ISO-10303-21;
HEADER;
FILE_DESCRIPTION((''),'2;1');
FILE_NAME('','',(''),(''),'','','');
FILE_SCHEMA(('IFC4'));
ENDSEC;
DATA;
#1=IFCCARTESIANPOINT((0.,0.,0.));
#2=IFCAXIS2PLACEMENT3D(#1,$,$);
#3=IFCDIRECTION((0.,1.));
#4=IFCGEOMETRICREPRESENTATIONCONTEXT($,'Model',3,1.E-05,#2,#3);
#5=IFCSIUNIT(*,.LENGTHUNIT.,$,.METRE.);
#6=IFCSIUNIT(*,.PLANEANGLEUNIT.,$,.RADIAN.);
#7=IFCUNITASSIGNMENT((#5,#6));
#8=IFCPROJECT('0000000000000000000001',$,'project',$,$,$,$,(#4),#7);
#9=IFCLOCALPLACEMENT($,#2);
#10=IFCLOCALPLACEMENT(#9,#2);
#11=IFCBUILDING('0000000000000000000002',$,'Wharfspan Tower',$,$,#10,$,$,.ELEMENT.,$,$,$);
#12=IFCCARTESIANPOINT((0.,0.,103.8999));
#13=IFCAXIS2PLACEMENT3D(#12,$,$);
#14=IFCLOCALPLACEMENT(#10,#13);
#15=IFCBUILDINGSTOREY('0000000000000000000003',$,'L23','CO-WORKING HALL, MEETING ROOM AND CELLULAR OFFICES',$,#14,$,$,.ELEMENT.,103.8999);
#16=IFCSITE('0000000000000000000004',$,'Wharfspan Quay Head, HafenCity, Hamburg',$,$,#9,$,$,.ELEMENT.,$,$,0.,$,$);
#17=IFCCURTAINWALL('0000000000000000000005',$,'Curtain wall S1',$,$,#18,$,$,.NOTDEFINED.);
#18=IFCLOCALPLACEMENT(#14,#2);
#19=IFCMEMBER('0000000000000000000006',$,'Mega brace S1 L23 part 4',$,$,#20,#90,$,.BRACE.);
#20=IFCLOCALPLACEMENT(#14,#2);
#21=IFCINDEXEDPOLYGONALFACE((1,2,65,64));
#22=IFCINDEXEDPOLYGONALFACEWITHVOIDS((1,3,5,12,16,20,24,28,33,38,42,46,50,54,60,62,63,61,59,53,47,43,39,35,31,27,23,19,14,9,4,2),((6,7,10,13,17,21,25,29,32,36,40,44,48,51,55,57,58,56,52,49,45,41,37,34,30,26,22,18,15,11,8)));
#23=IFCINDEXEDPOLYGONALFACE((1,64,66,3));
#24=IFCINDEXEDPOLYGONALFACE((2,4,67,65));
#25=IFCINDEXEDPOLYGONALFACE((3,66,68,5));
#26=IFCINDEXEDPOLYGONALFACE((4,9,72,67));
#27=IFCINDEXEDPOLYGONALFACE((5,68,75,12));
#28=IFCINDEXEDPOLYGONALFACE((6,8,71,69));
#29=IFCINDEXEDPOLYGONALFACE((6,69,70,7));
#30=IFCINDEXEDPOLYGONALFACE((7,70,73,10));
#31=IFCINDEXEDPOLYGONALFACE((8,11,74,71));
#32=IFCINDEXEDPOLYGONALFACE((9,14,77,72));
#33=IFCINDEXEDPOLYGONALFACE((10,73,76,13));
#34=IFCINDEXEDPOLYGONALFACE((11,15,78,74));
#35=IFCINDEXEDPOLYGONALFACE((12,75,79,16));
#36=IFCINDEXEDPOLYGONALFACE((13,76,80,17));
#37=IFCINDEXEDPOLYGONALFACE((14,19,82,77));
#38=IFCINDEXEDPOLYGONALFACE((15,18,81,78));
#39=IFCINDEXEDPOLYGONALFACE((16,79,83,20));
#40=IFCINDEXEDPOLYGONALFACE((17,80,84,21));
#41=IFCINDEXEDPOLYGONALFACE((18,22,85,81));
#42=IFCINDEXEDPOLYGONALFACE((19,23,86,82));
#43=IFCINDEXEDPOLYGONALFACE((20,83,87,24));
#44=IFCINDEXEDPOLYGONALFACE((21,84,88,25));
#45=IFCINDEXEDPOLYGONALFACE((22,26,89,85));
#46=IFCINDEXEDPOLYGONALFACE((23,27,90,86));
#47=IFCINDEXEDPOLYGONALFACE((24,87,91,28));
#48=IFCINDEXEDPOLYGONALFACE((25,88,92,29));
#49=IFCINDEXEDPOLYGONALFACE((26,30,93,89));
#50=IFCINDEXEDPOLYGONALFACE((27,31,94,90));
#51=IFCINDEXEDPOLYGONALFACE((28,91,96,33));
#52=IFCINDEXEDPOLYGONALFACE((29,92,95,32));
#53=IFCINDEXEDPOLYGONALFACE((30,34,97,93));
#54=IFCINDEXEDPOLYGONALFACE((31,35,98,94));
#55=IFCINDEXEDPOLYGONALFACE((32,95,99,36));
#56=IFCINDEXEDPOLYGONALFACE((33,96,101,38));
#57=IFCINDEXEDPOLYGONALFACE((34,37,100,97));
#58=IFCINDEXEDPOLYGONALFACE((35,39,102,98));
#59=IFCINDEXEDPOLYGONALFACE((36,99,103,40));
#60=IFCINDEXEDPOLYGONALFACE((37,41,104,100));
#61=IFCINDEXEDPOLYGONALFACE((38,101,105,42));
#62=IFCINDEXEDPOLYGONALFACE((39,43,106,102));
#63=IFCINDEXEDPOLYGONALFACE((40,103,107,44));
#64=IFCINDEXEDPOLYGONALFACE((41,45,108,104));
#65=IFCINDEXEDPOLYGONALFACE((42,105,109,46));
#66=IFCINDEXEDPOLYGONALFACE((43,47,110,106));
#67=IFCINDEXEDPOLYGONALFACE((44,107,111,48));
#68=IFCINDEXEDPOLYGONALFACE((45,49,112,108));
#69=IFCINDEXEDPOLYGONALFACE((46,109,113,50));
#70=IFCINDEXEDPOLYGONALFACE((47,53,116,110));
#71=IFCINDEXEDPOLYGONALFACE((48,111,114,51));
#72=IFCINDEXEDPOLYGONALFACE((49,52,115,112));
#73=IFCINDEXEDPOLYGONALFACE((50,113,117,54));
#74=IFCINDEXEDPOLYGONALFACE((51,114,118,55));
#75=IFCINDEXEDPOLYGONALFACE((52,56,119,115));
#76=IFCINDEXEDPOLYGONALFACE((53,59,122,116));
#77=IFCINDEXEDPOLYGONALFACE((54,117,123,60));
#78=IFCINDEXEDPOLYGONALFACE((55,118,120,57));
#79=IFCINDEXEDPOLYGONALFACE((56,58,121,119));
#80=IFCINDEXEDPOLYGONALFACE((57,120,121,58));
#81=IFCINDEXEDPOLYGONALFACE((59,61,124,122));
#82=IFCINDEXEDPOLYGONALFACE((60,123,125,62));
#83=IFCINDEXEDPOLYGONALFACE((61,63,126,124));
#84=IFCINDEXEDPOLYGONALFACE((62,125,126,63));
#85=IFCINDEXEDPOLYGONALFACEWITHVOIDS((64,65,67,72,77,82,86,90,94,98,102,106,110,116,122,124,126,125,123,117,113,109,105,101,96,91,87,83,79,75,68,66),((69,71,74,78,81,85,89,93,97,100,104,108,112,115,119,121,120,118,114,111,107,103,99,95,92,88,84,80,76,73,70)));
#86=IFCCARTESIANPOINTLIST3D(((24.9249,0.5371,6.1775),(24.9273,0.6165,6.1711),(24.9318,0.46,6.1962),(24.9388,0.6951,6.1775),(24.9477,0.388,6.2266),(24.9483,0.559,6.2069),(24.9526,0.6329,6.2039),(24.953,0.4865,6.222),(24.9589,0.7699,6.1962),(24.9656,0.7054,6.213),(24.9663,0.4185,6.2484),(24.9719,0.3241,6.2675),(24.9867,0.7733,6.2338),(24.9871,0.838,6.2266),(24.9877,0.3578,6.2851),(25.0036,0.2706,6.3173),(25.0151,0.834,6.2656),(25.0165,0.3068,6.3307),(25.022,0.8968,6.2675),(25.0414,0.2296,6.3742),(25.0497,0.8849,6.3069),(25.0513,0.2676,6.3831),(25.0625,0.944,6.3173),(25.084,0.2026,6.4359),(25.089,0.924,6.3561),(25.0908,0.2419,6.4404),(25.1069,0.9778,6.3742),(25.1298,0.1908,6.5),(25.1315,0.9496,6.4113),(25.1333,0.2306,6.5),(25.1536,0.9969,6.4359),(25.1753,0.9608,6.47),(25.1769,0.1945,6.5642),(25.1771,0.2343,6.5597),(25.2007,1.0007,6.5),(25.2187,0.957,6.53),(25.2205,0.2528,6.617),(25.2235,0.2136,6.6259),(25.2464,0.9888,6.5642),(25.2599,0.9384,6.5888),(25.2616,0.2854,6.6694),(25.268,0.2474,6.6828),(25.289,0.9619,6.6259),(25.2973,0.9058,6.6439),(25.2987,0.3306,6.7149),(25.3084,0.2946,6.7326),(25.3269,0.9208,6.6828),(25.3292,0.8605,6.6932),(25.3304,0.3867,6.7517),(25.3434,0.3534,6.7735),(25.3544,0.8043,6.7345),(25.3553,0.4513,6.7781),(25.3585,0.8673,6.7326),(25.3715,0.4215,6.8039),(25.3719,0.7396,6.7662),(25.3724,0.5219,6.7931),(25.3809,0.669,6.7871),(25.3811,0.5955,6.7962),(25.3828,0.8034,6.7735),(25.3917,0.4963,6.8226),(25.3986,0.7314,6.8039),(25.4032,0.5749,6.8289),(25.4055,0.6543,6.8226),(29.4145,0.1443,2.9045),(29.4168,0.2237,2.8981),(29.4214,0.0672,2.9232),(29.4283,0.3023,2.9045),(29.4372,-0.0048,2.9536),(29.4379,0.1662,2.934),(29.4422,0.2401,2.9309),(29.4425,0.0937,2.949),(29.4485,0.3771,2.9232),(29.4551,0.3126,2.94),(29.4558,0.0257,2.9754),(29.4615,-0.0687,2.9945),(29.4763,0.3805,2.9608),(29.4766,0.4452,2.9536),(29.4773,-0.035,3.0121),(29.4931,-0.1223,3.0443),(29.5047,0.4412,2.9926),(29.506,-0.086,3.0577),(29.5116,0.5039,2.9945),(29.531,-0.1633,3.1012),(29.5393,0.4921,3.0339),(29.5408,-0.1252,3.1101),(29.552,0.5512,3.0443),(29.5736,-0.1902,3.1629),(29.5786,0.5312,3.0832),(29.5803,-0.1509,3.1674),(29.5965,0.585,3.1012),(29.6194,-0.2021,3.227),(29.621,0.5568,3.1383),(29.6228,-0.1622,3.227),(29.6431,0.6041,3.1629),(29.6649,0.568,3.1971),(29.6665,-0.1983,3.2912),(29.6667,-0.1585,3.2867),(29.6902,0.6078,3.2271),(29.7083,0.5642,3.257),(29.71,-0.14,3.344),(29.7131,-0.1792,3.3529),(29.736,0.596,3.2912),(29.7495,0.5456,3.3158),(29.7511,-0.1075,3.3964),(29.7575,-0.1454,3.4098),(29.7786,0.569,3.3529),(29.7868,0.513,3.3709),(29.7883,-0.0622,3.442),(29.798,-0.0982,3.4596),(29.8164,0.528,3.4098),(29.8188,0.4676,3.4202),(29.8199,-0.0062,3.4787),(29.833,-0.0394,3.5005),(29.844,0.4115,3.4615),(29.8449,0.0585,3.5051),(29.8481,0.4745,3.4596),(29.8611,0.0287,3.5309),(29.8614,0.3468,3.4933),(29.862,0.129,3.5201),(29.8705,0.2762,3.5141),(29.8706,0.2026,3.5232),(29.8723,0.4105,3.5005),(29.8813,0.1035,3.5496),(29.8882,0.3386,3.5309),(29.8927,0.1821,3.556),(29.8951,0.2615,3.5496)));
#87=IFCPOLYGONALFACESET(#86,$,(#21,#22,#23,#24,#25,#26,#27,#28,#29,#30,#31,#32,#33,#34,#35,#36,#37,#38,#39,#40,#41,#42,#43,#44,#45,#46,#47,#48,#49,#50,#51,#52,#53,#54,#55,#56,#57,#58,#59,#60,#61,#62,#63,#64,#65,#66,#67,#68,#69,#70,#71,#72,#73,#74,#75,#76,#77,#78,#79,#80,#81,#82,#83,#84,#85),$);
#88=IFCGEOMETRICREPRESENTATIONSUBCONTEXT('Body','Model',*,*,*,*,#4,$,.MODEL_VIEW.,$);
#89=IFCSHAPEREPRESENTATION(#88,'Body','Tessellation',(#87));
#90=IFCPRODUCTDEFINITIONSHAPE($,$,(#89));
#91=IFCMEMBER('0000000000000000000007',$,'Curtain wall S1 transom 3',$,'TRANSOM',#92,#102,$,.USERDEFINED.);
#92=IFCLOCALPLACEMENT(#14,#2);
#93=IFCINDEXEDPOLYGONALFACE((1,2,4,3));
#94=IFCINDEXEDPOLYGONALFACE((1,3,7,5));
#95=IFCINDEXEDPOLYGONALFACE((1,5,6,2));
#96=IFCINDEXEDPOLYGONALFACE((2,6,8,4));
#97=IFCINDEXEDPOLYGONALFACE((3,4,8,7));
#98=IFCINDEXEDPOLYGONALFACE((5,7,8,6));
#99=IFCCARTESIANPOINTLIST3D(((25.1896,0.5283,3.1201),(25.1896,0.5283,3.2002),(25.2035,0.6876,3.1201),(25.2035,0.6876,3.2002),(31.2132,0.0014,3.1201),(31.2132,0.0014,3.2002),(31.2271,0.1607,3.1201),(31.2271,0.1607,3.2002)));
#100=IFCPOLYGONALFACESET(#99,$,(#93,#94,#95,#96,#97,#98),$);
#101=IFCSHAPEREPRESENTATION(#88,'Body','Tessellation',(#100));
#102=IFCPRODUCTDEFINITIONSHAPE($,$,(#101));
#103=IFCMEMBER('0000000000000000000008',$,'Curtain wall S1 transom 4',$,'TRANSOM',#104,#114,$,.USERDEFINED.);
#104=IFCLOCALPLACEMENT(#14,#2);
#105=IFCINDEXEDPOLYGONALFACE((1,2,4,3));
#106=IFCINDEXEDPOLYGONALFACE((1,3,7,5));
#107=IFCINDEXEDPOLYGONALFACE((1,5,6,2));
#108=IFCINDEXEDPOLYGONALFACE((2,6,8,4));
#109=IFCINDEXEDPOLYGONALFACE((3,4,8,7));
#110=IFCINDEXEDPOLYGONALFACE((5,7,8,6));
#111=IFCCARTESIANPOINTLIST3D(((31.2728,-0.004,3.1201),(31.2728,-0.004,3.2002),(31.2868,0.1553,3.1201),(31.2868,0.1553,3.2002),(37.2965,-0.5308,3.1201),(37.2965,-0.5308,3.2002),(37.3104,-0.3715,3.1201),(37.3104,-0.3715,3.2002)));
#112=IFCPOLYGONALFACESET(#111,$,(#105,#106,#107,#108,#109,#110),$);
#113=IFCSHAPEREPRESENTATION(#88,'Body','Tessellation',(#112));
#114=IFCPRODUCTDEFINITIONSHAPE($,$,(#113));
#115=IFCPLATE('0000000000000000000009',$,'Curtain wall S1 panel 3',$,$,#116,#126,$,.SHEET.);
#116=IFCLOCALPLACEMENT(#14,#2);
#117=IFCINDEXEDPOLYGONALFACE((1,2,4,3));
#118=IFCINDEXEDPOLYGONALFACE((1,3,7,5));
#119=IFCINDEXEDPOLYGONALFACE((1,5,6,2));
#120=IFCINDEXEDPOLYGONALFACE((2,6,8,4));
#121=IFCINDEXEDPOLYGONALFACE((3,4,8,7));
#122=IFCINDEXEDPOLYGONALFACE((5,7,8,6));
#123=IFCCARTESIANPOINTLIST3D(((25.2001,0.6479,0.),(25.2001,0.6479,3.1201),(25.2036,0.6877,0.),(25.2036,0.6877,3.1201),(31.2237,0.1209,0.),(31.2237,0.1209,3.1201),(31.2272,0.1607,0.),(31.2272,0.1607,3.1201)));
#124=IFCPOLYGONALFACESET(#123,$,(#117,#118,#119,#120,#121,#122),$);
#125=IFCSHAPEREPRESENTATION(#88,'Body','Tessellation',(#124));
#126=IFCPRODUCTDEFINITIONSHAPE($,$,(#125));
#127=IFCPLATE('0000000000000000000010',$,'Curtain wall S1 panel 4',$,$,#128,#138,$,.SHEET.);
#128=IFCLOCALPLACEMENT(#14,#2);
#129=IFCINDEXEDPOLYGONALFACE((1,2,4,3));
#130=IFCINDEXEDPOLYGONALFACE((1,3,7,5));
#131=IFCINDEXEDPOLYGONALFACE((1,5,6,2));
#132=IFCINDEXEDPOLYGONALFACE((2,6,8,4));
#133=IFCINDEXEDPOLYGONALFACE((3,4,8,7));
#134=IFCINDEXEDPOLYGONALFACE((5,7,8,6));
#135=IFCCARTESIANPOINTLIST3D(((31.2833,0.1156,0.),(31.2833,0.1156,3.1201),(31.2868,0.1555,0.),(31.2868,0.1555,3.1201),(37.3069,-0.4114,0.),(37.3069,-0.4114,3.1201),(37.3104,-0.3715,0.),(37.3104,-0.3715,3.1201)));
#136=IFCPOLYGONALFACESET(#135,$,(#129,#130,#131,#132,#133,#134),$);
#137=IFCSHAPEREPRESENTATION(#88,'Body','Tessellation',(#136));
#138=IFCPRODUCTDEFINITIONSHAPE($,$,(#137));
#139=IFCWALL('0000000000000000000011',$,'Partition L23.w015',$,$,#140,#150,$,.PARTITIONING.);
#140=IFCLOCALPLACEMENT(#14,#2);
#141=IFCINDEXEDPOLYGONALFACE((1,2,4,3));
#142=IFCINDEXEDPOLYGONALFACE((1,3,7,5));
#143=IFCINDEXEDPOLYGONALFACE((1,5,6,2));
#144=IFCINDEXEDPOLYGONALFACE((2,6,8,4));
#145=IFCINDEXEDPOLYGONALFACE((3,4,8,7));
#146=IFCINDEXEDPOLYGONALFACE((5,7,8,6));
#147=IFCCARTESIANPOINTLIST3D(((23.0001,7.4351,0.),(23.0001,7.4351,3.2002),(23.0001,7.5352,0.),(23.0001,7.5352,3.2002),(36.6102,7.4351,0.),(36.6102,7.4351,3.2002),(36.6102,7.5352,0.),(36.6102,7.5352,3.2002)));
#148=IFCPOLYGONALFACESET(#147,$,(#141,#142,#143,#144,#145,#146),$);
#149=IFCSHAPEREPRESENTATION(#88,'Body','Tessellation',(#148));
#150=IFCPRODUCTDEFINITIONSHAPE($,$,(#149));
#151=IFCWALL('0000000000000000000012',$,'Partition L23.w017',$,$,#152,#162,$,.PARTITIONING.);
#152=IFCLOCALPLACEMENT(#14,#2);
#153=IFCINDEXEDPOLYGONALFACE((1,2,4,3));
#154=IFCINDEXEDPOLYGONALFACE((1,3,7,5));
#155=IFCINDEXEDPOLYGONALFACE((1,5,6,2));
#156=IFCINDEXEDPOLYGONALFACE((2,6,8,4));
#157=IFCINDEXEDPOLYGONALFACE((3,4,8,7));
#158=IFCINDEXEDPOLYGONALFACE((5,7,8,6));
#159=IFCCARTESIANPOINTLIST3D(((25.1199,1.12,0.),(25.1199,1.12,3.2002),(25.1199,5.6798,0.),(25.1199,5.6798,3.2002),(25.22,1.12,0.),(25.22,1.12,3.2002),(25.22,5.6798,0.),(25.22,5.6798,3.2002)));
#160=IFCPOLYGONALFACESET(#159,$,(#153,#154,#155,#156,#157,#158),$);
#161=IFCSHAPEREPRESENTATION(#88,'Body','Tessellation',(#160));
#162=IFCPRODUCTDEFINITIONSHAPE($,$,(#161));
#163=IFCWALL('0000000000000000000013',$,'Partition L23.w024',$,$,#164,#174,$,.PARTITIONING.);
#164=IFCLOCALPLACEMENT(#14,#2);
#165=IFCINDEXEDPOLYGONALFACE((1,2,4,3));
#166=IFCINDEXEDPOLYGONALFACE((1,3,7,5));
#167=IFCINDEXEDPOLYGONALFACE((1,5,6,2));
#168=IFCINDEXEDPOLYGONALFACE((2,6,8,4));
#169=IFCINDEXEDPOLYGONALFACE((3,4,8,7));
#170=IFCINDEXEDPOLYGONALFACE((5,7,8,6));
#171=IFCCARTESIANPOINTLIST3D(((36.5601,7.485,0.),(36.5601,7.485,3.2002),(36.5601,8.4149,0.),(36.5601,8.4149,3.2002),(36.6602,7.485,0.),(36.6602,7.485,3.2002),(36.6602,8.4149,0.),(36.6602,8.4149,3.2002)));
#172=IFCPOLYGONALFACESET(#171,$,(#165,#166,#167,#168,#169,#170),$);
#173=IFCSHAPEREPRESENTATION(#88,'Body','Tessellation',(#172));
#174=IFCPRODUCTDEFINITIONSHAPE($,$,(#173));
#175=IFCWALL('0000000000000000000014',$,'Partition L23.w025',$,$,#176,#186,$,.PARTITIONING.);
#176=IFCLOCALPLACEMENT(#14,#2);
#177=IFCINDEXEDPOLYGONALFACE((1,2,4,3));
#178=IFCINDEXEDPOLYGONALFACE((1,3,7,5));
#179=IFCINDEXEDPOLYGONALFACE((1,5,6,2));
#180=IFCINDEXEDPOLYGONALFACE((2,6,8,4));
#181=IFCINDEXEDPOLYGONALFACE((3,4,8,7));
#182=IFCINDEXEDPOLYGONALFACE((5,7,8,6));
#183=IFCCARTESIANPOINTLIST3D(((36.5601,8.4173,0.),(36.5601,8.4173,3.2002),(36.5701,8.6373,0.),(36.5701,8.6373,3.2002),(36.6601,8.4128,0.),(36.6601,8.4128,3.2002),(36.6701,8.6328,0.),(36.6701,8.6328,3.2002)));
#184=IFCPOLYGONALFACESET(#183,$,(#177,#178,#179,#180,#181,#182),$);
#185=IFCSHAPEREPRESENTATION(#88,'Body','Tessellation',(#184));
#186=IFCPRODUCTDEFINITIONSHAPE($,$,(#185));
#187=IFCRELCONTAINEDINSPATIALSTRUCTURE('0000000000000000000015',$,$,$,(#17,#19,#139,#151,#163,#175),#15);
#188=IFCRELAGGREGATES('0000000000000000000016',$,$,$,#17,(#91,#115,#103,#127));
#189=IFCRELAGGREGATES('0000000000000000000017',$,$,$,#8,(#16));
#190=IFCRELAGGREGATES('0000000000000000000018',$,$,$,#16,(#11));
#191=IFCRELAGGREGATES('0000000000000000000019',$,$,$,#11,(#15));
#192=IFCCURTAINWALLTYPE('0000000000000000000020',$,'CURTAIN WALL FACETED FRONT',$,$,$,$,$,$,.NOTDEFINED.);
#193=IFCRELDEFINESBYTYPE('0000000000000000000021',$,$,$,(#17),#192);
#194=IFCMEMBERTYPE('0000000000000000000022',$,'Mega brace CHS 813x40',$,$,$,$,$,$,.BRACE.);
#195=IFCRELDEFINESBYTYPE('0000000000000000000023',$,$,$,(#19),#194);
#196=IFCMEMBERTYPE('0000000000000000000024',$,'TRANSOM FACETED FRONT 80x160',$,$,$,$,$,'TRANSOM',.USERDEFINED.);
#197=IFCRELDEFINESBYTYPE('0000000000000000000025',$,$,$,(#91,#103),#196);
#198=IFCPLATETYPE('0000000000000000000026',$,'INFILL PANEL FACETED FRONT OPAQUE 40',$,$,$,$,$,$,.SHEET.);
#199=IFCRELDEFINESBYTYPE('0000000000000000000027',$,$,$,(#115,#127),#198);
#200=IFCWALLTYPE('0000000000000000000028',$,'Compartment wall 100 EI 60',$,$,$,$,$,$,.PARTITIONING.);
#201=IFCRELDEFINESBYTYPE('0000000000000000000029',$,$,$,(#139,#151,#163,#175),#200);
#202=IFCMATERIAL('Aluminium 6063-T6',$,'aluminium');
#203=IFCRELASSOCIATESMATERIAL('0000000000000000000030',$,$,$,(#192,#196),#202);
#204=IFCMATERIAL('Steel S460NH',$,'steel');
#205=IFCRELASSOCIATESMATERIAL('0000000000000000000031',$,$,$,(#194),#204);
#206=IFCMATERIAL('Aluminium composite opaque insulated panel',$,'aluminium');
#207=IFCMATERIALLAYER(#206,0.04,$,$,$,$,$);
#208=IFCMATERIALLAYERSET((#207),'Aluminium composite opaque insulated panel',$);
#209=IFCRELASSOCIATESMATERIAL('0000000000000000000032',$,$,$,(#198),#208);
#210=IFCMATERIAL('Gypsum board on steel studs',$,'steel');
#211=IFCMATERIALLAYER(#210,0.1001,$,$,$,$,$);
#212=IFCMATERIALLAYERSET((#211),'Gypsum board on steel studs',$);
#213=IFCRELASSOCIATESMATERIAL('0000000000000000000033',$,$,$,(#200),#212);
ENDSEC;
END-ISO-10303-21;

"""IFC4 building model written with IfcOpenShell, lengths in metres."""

from ifc_helpers import new_model, si_unit, direction, frame, frame_2d, origin, origin_2d, place, context, subcontext, project, spatial, rectangle, hollow_circle, extrude, material, layer, layer_set, material_profile, profile_set, type_object, element, aggregate, save


model = new_model("IFC4")

# Units and contexts
model_context = context("Model", 3, precision=1e-05, world=origin(), true_north=direction((0.0, 1.0)))
body_context = subcontext(model_context, "Body", "Model", "MODEL_VIEW")
ifc_project = project(units=[si_unit("LENGTHUNIT", "METRE"), si_unit("PLANEANGLEUNIT", "RADIAN")], contexts=[model_context])

# Site, building, storey
site_placement = place(None, origin())
site = spatial("IfcSite", under=ifc_project, at=site_placement, Name="Wharfspan Quay Head, HafenCity, Hamburg", CompositionType="ELEMENT", RefElevation=0.0)
building_placement = place(site_placement, origin())
building = spatial("IfcBuilding", under=site, at=building_placement, Name="Wharfspan Tower", CompositionType="ELEMENT")
storey_placement = place(building_placement, frame((0.0, 0.0, 103.8999)))
storey = spatial("IfcBuildingStorey", under=building, at=storey_placement, Name="L23", Description="CO-WORKING HALL, MEETING ROOM AND CELLULAR OFFICES", CompositionType="ELEMENT", Elevation=103.8999)

# Curtain wall
ifc_material_1 = material(Name="Aluminium 6063-T6", Category="aluminium")
curtain_wall_type = type_object("IfcCurtainWallType", Name="CURTAIN WALL FACETED FRONT", PredefinedType="NOTDEFINED", material=ifc_material_1)
curtain_wall_placement = place(storey_placement, origin())
curtain_wall = element("IfcCurtainWall", 1, at=curtain_wall_placement, inside=storey, type_object=curtain_wall_type, Name="Curtain wall S1", PredefinedType="NOTDEFINED")

# Member
ifc_material_2 = material(Name="Steel S460NH", Category="steel")
ifc_material_profile_1 = material_profile(ifc_material_2, hollow_circle(Radius=0.4065, WallThickness=0.04, at=origin_2d()))
ifc_profile_set_1 = profile_set([ifc_material_profile_1], Name="Steel S460NH")
member_type_1 = type_object("IfcMemberType", Name="Mega brace CHS 813x40", PredefinedType="BRACE", material=ifc_profile_set_1)
member_1_placement = place(storey_placement, frame((29.6548, 0.2029, 3.2271), z_axis=(-0.806051, 0.070528, 0.587629), x_axis=(-0.087168, -0.996193, -0.000004)))
element("IfcMember", 2, at=member_1_placement, inside=storey, type_object=member_type_1, Name="Mega brace S1 L23 part 4", PredefinedType="BRACE", context=body_context, shape_type="SweptSolid", body=[
    extrude(hollow_circle(Radius=0.4065, WallThickness=0.04, at=origin_2d()), origin(), (0.0, 0.0, 1.0), 5.5698),
])

# Members
ifc_material_profile_2 = material_profile(ifc_material_1, rectangle(XDim=0.1599, YDim=0.0801, at=origin_2d()))
ifc_profile_set_2 = profile_set([ifc_material_profile_2], Name="Aluminium 6063-T6")
member_type_2 = type_object("IfcMemberType", Name="TRANSOM FACETED FRONT 80x160", ElementType="TRANSOM", PredefinedType="USERDEFINED", material=ifc_profile_set_2)
member_2_placement = place(storey_placement, frame((25.1965, 0.6079, 3.1602), z_axis=(0.996197, -0.087131, 0.0), x_axis=(0.087131, 0.996197, 0.0)))
member_2 = element("IfcMember", 3, at=member_2_placement, type_object=member_type_2, Name="Curtain wall S1 transom 3", ObjectType="TRANSOM", PredefinedType="USERDEFINED", context=body_context, shape_type="SweptSolid", body=[
    extrude(rectangle(XDim=0.1599, YDim=0.0801, at=origin_2d()), origin(), (0.0, 0.0, 1.0), 6.0466),
])
member_3_placement = place(storey_placement, frame((31.2798, 0.0757, 3.1602), z_axis=(0.996197, -0.087131, 0.0), x_axis=(0.087131, 0.996197, 0.0)))
member_3 = element("IfcMember", 4, at=member_3_placement, type_object=member_type_2, Name="Curtain wall S1 transom 4", ObjectType="TRANSOM", PredefinedType="USERDEFINED", context=body_context, shape_type="SweptSolid", body=[
    extrude(rectangle(XDim=0.1599, YDim=0.0801, at=origin_2d()), origin(), (0.0, 0.0, 1.0), 6.0466),
])

# Plates
ifc_material_3 = material(Name="Aluminium composite opaque insulated panel", Category="aluminium")
ifc_layer_1 = layer(ifc_material_3, 0.04)
ifc_layer_set_1 = layer_set([ifc_layer_1], Name="Aluminium composite opaque insulated panel")
plate_type = type_object("IfcPlateType", Name="INFILL PANEL FACETED FRONT OPAQUE 40", PredefinedType="SHEET", material=ifc_layer_set_1)
plate_1_placement = place(storey_placement, frame((28.2136, 0.4043, 0.0), z_axis=(0.0, 0.0, 1.0), x_axis=(0.996198, -0.087156, 0.0)))
plate_1 = element("IfcPlate", 5, at=plate_1_placement, type_object=plate_type, Name="Curtain wall S1 panel 3", PredefinedType="SHEET", context=body_context, shape_type="SweptSolid", body=[
    extrude(rectangle(XDim=6.0466, YDim=0.04, at=origin_2d()), origin(), (0.0, 0.0, 1.0), 3.1201),
])
plate_2_placement = place(storey_placement, frame((34.2969, -0.1279, 0.0), z_axis=(0.0, 0.0, 1.0), x_axis=(0.996198, -0.087156, 0.0)))
plate_2 = element("IfcPlate", 6, at=plate_2_placement, type_object=plate_type, Name="Curtain wall S1 panel 4", PredefinedType="SHEET", context=body_context, shape_type="SweptSolid", body=[
    extrude(rectangle(XDim=6.0466, YDim=0.04, at=origin_2d()), origin(), (0.0, 0.0, 1.0), 3.1201),
])
aggregate(curtain_wall, [member_2, plate_1, member_3, plate_2])

# Walls
ifc_material_4 = material(Name="Gypsum board on steel studs", Category="steel")
ifc_layer_2 = layer(ifc_material_4, 0.1001)
ifc_layer_set_2 = layer_set([ifc_layer_2], Name="Gypsum board on steel studs")
wall_type_1 = type_object("IfcWallType", Name="Compartment wall 100 EI 60", PredefinedType="PARTITIONING", material=ifc_layer_set_2)
wall_1_placement = place(storey_placement, frame((23.0, 7.4851, 0.0), z_axis=(0.0, 0.0, 1.0), x_axis=(1.0, 0.0, 0.0)))
element("IfcWall", 7, at=wall_1_placement, inside=storey, type_object=wall_type_1, Name="Partition L23.w015", PredefinedType="PARTITIONING", context=body_context, shape_type="SweptSolid", body=[
    extrude(rectangle(XDim=13.6101, YDim=0.1001, at=frame_2d((6.8052, 0.0))), origin(), (0.0, 0.0, 1.0), 3.2002),
])
wall_2_placement = place(storey_placement, frame((25.1699, 1.1201, 0.0), z_axis=(0.0, 0.0, 1.0), x_axis=(0.0, 1.0, 0.0)))
element("IfcWall", 8, at=wall_2_placement, inside=storey, type_object=wall_type_1, Name="Partition L23.w017", PredefinedType="PARTITIONING", context=body_context, shape_type="SweptSolid", body=[
    extrude(rectangle(XDim=4.5598, YDim=0.1001, at=frame_2d((2.2798, 0.0))), origin(), (0.0, 0.0, 1.0), 3.2002),
])
wall_3_placement = place(storey_placement, frame((36.6101, 7.4851, 0.0), z_axis=(0.0, 0.0, 1.0), x_axis=(0.0, 1.0, 0.0)))
element("IfcWall", 9, at=wall_3_placement, inside=storey, type_object=wall_type_1, Name="Partition L23.w024", PredefinedType="PARTITIONING", context=body_context, shape_type="SweptSolid", body=[
    extrude(rectangle(XDim=0.9299, YDim=0.1001, at=frame_2d((0.4648, 0.0))), origin(), (0.0, 0.0, 1.0), 3.2002),
])
wall_4_placement = place(storey_placement, frame((36.6101, 8.415, 0.0), z_axis=(0.0, 0.0, 1.0), x_axis=(0.045458, 0.998967, 0.0)))
element("IfcWall", 10, at=wall_4_placement, inside=storey, type_object=wall_type_1, Name="Partition L23.w025", PredefinedType="PARTITIONING", context=body_context, shape_type="SweptSolid", body=[
    extrude(rectangle(XDim=0.2202, YDim=0.1001, at=frame_2d((0.1101, 0.0))), origin(), (0.0, 0.0, 1.0), 3.2002),
])

save(model, "model.ifc")
